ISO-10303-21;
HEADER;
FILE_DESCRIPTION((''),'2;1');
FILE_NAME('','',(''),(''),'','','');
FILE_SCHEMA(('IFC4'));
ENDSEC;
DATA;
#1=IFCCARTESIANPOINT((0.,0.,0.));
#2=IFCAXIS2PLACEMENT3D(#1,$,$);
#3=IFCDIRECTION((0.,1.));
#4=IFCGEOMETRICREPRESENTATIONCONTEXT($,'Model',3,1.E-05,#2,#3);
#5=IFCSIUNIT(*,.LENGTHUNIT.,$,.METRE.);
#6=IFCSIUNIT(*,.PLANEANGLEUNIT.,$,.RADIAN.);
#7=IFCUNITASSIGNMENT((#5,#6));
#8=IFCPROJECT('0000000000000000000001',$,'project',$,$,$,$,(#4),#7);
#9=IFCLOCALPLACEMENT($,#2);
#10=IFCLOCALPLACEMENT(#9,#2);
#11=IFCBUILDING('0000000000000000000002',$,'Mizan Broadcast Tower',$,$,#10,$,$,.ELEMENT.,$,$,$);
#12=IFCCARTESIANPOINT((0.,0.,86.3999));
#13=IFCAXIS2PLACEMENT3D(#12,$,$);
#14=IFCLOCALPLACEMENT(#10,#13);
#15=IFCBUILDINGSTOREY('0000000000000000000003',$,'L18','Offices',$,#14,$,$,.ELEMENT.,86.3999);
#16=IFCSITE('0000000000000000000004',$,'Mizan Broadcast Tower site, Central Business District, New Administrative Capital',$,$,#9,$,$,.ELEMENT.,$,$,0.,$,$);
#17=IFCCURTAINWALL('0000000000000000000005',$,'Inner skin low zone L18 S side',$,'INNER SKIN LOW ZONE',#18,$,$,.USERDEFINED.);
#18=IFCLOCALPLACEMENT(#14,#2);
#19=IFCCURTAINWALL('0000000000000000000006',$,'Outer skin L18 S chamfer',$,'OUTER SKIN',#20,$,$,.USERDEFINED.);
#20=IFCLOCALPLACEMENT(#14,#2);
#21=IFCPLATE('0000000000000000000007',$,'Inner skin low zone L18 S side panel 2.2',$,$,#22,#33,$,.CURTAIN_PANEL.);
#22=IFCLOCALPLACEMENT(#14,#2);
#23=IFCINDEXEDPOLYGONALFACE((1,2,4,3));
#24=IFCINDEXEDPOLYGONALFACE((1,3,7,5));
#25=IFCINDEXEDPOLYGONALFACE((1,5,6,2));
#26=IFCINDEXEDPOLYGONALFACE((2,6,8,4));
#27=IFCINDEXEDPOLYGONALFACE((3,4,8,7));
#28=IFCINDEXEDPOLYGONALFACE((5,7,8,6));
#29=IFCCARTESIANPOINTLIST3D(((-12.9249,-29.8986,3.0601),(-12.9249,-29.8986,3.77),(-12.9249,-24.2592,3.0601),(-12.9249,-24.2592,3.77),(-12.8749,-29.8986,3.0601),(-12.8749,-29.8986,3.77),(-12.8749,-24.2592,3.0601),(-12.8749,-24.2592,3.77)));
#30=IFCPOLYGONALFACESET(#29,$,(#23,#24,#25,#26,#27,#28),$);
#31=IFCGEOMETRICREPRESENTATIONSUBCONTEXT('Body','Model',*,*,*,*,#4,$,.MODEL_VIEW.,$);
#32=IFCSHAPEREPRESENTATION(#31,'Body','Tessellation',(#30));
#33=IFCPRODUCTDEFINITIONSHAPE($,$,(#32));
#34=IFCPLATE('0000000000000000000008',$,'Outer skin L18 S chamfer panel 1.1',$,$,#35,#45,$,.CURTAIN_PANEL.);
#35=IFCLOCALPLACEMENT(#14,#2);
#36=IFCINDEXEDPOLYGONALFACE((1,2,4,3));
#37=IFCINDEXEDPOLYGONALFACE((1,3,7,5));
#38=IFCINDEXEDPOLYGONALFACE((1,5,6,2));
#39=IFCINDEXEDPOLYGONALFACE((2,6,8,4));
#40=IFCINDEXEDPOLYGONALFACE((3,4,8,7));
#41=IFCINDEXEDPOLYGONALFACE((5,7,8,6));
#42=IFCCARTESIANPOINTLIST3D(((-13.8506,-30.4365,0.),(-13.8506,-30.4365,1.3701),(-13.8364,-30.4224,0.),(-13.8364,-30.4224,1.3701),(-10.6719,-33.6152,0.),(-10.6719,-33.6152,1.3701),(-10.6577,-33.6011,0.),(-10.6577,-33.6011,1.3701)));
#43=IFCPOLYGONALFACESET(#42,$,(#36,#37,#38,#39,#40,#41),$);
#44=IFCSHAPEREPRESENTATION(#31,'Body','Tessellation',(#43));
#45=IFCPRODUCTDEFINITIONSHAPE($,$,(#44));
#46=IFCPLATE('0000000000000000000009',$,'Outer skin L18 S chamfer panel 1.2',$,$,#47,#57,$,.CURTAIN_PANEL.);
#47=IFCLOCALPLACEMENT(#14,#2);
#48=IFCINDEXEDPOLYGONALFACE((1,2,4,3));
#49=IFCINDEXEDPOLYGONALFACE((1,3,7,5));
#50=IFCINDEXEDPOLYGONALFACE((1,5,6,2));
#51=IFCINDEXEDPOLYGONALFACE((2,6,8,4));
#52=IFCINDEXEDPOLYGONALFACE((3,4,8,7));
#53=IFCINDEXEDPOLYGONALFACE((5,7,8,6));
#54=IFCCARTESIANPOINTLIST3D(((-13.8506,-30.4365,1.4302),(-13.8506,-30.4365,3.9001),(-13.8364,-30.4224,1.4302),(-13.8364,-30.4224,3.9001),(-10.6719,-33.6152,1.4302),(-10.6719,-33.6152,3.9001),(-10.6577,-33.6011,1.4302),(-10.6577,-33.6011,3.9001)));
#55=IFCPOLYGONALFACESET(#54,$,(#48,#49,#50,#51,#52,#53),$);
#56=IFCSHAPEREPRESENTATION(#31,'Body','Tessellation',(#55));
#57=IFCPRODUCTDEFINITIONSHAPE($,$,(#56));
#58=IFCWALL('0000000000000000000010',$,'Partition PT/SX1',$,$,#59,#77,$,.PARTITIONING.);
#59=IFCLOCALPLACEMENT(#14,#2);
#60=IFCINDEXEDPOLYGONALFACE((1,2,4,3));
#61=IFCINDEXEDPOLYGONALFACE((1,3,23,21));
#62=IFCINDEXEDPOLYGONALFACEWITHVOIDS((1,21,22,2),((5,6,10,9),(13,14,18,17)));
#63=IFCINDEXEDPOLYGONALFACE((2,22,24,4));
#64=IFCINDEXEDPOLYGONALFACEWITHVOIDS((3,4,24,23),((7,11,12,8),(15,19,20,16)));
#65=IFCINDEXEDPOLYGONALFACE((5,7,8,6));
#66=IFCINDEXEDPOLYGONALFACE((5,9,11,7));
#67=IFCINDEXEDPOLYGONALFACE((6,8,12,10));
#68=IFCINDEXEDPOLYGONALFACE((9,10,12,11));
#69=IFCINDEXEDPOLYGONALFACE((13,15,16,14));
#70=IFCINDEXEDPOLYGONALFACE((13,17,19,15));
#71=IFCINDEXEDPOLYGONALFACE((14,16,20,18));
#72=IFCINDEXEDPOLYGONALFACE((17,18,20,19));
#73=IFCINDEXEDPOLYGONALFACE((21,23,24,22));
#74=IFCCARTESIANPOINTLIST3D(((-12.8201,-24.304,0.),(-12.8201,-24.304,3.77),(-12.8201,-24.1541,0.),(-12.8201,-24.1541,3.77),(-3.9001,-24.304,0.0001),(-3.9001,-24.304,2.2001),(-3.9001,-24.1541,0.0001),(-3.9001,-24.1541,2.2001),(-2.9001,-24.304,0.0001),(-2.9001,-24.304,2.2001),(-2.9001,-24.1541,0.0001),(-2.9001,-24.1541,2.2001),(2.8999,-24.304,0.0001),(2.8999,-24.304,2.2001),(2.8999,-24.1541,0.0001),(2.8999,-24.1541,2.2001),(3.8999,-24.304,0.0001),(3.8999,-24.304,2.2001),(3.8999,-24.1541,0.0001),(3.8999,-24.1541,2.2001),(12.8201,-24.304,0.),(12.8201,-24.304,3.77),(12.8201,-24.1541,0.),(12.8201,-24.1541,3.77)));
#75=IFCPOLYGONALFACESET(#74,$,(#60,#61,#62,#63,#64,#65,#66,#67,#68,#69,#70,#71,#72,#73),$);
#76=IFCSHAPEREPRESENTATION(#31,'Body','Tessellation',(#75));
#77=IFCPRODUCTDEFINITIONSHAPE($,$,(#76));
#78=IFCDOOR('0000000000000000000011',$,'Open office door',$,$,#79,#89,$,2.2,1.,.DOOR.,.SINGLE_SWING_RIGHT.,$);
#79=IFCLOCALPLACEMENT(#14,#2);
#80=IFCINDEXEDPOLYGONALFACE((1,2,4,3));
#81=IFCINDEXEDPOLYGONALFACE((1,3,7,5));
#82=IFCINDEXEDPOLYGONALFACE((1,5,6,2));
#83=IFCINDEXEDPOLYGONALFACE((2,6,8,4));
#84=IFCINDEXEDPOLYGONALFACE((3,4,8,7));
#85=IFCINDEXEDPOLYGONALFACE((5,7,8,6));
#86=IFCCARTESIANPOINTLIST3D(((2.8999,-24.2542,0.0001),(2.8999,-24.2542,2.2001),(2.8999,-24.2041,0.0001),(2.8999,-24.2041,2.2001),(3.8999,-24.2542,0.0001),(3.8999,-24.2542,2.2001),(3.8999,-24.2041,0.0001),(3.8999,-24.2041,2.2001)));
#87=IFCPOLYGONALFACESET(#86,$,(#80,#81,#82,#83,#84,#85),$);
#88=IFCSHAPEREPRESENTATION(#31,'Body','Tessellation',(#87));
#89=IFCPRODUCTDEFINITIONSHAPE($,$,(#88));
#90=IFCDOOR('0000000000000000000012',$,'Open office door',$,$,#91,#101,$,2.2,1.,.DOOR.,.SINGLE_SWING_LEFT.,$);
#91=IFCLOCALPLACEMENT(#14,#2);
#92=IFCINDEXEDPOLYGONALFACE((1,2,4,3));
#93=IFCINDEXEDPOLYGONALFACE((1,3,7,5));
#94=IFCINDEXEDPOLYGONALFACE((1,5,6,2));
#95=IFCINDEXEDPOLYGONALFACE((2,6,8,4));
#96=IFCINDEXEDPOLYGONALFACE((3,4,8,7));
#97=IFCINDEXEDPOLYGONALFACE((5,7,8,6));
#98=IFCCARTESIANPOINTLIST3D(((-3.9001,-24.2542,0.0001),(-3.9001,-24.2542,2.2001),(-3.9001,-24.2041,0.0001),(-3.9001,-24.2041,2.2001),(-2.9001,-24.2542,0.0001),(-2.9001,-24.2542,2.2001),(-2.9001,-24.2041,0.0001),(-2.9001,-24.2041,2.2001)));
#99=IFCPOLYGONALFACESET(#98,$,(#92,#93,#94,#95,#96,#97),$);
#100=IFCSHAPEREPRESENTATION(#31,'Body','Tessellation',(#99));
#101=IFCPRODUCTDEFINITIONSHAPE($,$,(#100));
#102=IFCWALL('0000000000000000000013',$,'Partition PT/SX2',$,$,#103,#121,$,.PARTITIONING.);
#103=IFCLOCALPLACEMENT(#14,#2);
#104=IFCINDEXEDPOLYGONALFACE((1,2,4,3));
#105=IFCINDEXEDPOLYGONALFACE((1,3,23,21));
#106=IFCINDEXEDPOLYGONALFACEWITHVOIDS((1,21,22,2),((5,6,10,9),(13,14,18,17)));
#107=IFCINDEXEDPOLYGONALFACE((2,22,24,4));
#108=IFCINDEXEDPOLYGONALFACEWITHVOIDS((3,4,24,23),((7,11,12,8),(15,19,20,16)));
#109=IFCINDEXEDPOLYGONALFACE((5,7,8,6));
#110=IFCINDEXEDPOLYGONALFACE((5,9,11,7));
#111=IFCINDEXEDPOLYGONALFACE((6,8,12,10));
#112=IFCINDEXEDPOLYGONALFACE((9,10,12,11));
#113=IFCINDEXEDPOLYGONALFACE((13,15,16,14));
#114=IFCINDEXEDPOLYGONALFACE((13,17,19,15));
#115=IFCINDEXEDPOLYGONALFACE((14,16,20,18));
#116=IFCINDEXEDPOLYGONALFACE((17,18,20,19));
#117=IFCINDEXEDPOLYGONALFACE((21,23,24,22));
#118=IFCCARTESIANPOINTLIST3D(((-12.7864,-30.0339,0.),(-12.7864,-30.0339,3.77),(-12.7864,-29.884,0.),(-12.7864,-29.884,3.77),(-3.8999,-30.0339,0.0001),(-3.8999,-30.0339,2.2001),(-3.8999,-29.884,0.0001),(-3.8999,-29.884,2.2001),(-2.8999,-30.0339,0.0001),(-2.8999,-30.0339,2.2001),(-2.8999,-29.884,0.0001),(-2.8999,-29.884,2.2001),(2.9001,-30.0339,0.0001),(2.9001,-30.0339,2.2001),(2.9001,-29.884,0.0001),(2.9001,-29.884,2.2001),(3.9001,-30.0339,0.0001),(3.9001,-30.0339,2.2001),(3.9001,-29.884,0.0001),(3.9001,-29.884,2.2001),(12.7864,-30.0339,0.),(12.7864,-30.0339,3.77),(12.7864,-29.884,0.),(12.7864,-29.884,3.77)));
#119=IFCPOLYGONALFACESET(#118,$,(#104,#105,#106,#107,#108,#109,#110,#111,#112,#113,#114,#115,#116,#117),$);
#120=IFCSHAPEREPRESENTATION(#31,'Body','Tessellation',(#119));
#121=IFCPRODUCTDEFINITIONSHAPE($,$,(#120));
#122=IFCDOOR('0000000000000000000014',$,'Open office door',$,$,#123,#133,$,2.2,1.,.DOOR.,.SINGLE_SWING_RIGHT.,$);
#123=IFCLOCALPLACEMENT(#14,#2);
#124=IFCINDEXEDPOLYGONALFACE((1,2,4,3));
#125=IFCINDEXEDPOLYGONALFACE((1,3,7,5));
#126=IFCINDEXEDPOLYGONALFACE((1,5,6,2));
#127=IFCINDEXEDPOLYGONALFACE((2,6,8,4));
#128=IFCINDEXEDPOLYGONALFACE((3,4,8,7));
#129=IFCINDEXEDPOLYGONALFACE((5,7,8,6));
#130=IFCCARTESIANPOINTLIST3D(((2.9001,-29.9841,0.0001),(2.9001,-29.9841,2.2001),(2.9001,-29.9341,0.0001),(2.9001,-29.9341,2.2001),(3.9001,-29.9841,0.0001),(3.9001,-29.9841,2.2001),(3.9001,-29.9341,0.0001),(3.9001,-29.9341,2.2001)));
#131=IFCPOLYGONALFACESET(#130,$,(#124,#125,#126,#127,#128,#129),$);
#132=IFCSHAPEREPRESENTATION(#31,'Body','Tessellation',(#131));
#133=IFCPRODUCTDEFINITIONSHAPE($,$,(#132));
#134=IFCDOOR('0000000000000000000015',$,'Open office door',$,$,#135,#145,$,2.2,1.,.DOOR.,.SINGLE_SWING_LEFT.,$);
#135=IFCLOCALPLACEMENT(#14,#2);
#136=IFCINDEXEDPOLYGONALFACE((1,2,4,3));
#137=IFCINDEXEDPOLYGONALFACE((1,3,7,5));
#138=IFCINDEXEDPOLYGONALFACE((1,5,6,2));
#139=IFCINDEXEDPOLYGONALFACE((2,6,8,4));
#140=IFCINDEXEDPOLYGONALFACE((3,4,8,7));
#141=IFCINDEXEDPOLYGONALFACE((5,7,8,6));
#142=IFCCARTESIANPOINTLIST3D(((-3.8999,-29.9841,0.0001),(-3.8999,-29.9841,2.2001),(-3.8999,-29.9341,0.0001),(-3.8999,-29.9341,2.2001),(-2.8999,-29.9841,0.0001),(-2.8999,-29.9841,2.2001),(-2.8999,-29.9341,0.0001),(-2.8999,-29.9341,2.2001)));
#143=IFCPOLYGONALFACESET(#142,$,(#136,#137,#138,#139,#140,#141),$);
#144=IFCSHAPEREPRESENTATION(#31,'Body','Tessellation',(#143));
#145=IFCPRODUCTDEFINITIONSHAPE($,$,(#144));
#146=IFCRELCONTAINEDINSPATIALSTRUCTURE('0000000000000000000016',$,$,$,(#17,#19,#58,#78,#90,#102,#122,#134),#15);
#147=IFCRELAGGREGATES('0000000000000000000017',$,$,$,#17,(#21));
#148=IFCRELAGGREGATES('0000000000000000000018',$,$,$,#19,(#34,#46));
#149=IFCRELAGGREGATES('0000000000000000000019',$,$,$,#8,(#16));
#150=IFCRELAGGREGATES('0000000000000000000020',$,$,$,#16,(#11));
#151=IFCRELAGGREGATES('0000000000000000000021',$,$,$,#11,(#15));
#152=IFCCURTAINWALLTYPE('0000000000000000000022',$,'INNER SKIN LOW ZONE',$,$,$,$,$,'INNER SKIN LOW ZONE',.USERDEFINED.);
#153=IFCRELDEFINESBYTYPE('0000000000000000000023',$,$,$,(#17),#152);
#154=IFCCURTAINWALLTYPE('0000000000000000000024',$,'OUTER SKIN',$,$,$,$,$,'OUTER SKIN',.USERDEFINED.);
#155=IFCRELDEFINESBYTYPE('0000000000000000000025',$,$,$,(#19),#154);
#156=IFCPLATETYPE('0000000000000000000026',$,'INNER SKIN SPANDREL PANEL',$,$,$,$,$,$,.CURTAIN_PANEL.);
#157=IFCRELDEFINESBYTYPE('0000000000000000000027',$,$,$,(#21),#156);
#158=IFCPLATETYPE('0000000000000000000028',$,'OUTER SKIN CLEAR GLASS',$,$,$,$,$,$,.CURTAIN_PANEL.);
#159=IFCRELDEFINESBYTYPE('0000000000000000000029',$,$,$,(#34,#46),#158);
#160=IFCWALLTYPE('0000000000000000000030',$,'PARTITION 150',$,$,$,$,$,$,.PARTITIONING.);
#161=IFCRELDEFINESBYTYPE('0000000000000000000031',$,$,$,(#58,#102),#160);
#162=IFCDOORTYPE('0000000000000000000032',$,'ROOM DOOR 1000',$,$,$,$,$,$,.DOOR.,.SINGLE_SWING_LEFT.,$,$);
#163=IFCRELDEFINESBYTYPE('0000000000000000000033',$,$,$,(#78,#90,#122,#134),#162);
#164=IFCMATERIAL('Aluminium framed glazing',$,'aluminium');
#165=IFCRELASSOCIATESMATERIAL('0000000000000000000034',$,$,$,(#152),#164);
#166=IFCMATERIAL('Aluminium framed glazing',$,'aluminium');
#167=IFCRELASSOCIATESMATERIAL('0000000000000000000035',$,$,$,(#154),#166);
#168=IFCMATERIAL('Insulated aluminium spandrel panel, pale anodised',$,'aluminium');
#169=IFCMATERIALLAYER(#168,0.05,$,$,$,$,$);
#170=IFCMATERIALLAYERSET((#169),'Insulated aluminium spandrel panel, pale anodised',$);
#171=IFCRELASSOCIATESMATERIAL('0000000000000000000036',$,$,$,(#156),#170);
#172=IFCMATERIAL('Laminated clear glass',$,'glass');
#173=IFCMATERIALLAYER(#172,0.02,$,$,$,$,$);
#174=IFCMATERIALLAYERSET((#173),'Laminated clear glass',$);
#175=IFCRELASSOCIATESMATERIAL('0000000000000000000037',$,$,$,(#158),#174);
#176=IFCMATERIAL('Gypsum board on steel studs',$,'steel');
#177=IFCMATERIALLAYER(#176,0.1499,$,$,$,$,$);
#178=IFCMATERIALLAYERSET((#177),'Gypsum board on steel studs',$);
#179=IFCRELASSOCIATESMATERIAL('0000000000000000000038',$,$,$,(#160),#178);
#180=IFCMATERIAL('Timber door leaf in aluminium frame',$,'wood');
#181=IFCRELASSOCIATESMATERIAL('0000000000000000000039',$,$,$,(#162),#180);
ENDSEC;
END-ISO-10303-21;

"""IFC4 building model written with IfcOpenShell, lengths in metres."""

from ifc_helpers import new_model, si_unit, direction, frame, frame_2d, origin, origin_2d, place, context, subcontext, project, spatial, rectangle, extrude, material, layer, layer_set, type_object, element, fill, aggregate, save


model = new_model("IFC4")

# Units and contexts
model_context = context("Model", 3, precision=1e-05, world=origin(), true_north=direction((0.0, 1.0)))
body_context = subcontext(model_context, "Body", "Model", "MODEL_VIEW")
ifc_project = project(units=[si_unit("LENGTHUNIT", "METRE"), si_unit("PLANEANGLEUNIT", "RADIAN")], contexts=[model_context])

# Site, building, storey
site_placement = place(None, origin())
site = spatial("IfcSite", under=ifc_project, at=site_placement, Name="Mizan Broadcast Tower site, Central Business District, New Administrative Capital", CompositionType="ELEMENT", RefElevation=0.0)
building_placement = place(site_placement, origin())
building = spatial("IfcBuilding", under=site, at=building_placement, Name="Mizan Broadcast Tower", CompositionType="ELEMENT")
storey_placement = place(building_placement, frame((0.0, 0.0, 86.3999)))
storey = spatial("IfcBuildingStorey", under=building, at=storey_placement, Name="L18", Description="Offices", CompositionType="ELEMENT", Elevation=86.3999)

# Curtain wall
ifc_material_1 = material(Name="Aluminium framed glazing", Category="aluminium")
curtain_wall_type_1 = type_object("IfcCurtainWallType", Name="INNER SKIN LOW ZONE", ElementType="INNER SKIN LOW ZONE", PredefinedType="USERDEFINED", material=ifc_material_1)
curtain_wall_1_placement = place(storey_placement, origin())
curtain_wall_1 = element("IfcCurtainWall", 1, at=curtain_wall_1_placement, inside=storey, type_object=curtain_wall_type_1, Name="Inner skin low zone L18 S side", ObjectType="INNER SKIN LOW ZONE", PredefinedType="USERDEFINED")

# Curtain wall
ifc_material_2 = material(Name="Aluminium framed glazing", Category="aluminium")
curtain_wall_type_2 = type_object("IfcCurtainWallType", Name="OUTER SKIN", ElementType="OUTER SKIN", PredefinedType="USERDEFINED", material=ifc_material_2)
curtain_wall_2_placement = place(storey_placement, origin())
curtain_wall_2 = element("IfcCurtainWall", 2, at=curtain_wall_2_placement, inside=storey, type_object=curtain_wall_type_2, Name="Outer skin L18 S chamfer", ObjectType="OUTER SKIN", PredefinedType="USERDEFINED")

# Plates
ifc_material_3 = material(Name="Insulated aluminium spandrel panel, pale anodised", Category="aluminium")
ifc_layer_1 = layer(ifc_material_3, 0.05)
ifc_layer_set_1 = layer_set([ifc_layer_1], Name="Insulated aluminium spandrel panel, pale anodised")
plate_type_1 = type_object("IfcPlateType", Name="INNER SKIN SPANDREL PANEL", PredefinedType="CURTAIN_PANEL", material=ifc_layer_set_1)
plate_1_placement = place(storey_placement, frame((-12.8999, -27.0789, 3.0601), z_axis=(0.0, 0.0, 1.0), x_axis=(0.0, -1.0, 0.0)))
plate_1 = element("IfcPlate", 3, at=plate_1_placement, type_object=plate_type_1, Name="Inner skin low zone L18 S side panel 2.2", PredefinedType="CURTAIN_PANEL", context=body_context, shape_type="SweptSolid", body=[
    extrude(rectangle(XDim=5.6394, YDim=0.05, at=origin_2d()), origin(), (0.0, 0.0, 1.0), 0.71),
])
aggregate(curtain_wall_1, [plate_1])
ifc_material_4 = material(Name="Laminated clear glass", Category="glass")
ifc_layer_2 = layer(ifc_material_4, 0.02)
ifc_layer_set_2 = layer_set([ifc_layer_2], Name="Laminated clear glass")
plate_type_2 = type_object("IfcPlateType", Name="OUTER SKIN CLEAR GLASS", PredefinedType="CURTAIN_PANEL", material=ifc_layer_set_2)
plate_2_placement = place(storey_placement, frame((-12.2542, -32.0188, 0.0), z_axis=(0.0, 0.0, 1.0), x_axis=(0.707107, -0.707107, 0.0)))
plate_2 = element("IfcPlate", 4, at=plate_2_placement, type_object=plate_type_2, Name="Outer skin L18 S chamfer panel 1.1", PredefinedType="CURTAIN_PANEL", context=body_context, shape_type="SweptSolid", body=[
    extrude(rectangle(XDim=4.4954, YDim=0.02, at=origin_2d()), origin(), (0.0, 0.0, 1.0), 1.3701),
])
plate_3_placement = place(storey_placement, frame((-12.2542, -32.0188, 1.4302), z_axis=(0.0, 0.0, 1.0), x_axis=(0.707107, -0.707107, 0.0)))
plate_3 = element("IfcPlate", 5, at=plate_3_placement, type_object=plate_type_2, Name="Outer skin L18 S chamfer panel 1.2", PredefinedType="CURTAIN_PANEL", context=body_context, shape_type="SweptSolid", body=[
    extrude(rectangle(XDim=4.4954, YDim=0.02, at=origin_2d()), origin(), (0.0, 0.0, 1.0), 2.47),
])
aggregate(curtain_wall_2, [plate_2, plate_3])

# Walls, openings, doors
ifc_material_5 = material(Name="Gypsum board on steel studs", Category="steel")
ifc_layer_3 = layer(ifc_material_5, 0.1499)
ifc_layer_set_3 = layer_set([ifc_layer_3], Name="Gypsum board on steel studs")
wall_type = type_object("IfcWallType", Name="PARTITION 150", PredefinedType="PARTITIONING", material=ifc_layer_set_3)
wall_1_placement = place(storey_placement, frame((-12.8201, -24.229, 0.0), z_axis=(0.0, 0.0, 1.0), x_axis=(1.0, 0.0, 0.0)))
wall_1 = element("IfcWall", 6, at=wall_1_placement, inside=storey, type_object=wall_type, Name="Partition PT/SX1", PredefinedType="PARTITIONING", context=body_context, shape_type="SweptSolid", body=[
    extrude(rectangle(XDim=25.6401, YDim=0.1499, at=frame_2d((12.8201, 0.0))), origin(), (0.0, 0.0, 1.0), 3.77),
])
opening_1_placement = place(wall_1_placement, frame((15.72, 0.0, 0.0)))
opening_1 = element("IfcOpeningElement", 7, at=opening_1_placement, cuts=wall_1, PredefinedType="OPENING", context=body_context, shape_type="SweptSolid", body=[
    extrude(rectangle(XDim=1.0, YDim=2.2, at=frame_2d((0.5, 1.1001))), frame((0.0, 0.085, 0.0), z_axis=(0.0, -1.0, 0.0), x_axis=(1.0, 0.0, 0.0)), (0.0, 0.0, 1.0), 0.1699),
])
opening_2_placement = place(wall_1_placement, frame((8.9199, 0.0, 0.0)))
opening_2 = element("IfcOpeningElement", 8, at=opening_2_placement, cuts=wall_1, PredefinedType="OPENING", context=body_context, shape_type="SweptSolid", body=[
    extrude(rectangle(XDim=1.0, YDim=2.2, at=frame_2d((0.5, 1.1001))), frame((0.0, 0.085, 0.0), z_axis=(0.0, -1.0, 0.0), x_axis=(1.0, 0.0, 0.0)), (0.0, 0.0, 1.0), 0.1699),
])
ifc_material_6 = material(Name="Timber door leaf in aluminium frame", Category="wood")
door_type = type_object("IfcDoorType", Name="ROOM DOOR 1000", OperationType="SINGLE_SWING_LEFT", PredefinedType="DOOR", material=ifc_material_6)
door_1_placement = place(opening_1_placement, origin())
door_1 = element("IfcDoor", 9, at=door_1_placement, inside=storey, type_object=door_type, Name="Open office door", OperationType="SINGLE_SWING_RIGHT", OverallHeight=2.2, OverallWidth=1.0, PredefinedType="DOOR", context=body_context, shape_type="SweptSolid", body=[
    extrude(rectangle(XDim=1.0, YDim=2.2, at=frame_2d((0.5, 1.1001))), frame((0.0, 0.0249, 0.0), z_axis=(0.0, -1.0, 0.0), x_axis=(1.0, 0.0, 0.0)), (0.0, 0.0, 1.0), 0.05),
])
fill(opening_1, door_1)
door_2_placement = place(opening_2_placement, origin())
door_2 = element("IfcDoor", 10, at=door_2_placement, inside=storey, type_object=door_type, Name="Open office door", OperationType="SINGLE_SWING_LEFT", OverallHeight=2.2, OverallWidth=1.0, PredefinedType="DOOR", context=body_context, shape_type="SweptSolid", body=[
    extrude(rectangle(XDim=1.0, YDim=2.2, at=frame_2d((0.5, 1.1001))), frame((0.0, 0.0249, 0.0), z_axis=(0.0, -1.0, 0.0), x_axis=(1.0, 0.0, 0.0)), (0.0, 0.0, 1.0), 0.05),
])
fill(opening_2, door_2)
wall_2_placement = place(storey_placement, frame((-12.7864, -29.959, 0.0), z_axis=(0.0, 0.0, 1.0), x_axis=(1.0, 0.0, 0.0)))
wall_2 = element("IfcWall", 11, at=wall_2_placement, inside=storey, type_object=wall_type, Name="Partition PT/SX2", PredefinedType="PARTITIONING", context=body_context, shape_type="SweptSolid", body=[
    extrude(rectangle(XDim=25.5728, YDim=0.1499, at=frame_2d((12.7864, 0.0))), origin(), (0.0, 0.0, 1.0), 3.77),
])
opening_3_placement = place(wall_2_placement, frame((15.6865, 0.0, 0.0)))
opening_3 = element("IfcOpeningElement", 12, at=opening_3_placement, cuts=wall_2, PredefinedType="OPENING", context=body_context, shape_type="SweptSolid", body=[
    extrude(rectangle(XDim=1.0, YDim=2.2, at=frame_2d((0.5, 1.1001))), frame((0.0, 0.085, 0.0), z_axis=(0.0, -1.0, 0.0), x_axis=(1.0, 0.0, 0.0)), (0.0, 0.0, 1.0), 0.1699),
])
opening_4_placement = place(wall_2_placement, frame((8.8865, 0.0, 0.0)))
opening_4 = element("IfcOpeningElement", 13, at=opening_4_placement, cuts=wall_2, PredefinedType="OPENING", context=body_context, shape_type="SweptSolid", body=[
    extrude(rectangle(XDim=1.0, YDim=2.2, at=frame_2d((0.5, 1.1001))), frame((0.0, 0.085, 0.0), z_axis=(0.0, -1.0, 0.0), x_axis=(1.0, 0.0, 0.0)), (0.0, 0.0, 1.0), 0.1699),
])
door_3_placement = place(opening_3_placement, origin())
door_3 = element("IfcDoor", 14, at=door_3_placement, inside=storey, type_object=door_type, Name="Open office door", OperationType="SINGLE_SWING_RIGHT", OverallHeight=2.2, OverallWidth=1.0, PredefinedType="DOOR", context=body_context, shape_type="SweptSolid", body=[
    extrude(rectangle(XDim=1.0, YDim=2.2, at=frame_2d((0.5, 1.1001))), frame((0.0, 0.0249, 0.0), z_axis=(0.0, -1.0, 0.0), x_axis=(1.0, 0.0, 0.0)), (0.0, 0.0, 1.0), 0.05),
])
fill(opening_3, door_3)
door_4_placement = place(opening_4_placement, origin())
door_4 = element("IfcDoor", 15, at=door_4_placement, inside=storey, type_object=door_type, Name="Open office door", OperationType="SINGLE_SWING_LEFT", OverallHeight=2.2, OverallWidth=1.0, PredefinedType="DOOR", context=body_context, shape_type="SweptSolid", body=[
    extrude(rectangle(XDim=1.0, YDim=2.2, at=frame_2d((0.5, 1.1001))), frame((0.0, 0.0249, 0.0), z_axis=(0.0, -1.0, 0.0), x_axis=(1.0, 0.0, 0.0)), (0.0, 0.0, 1.0), 0.05),
])
fill(opening_4, door_4)

save(model, "model.ifc")
